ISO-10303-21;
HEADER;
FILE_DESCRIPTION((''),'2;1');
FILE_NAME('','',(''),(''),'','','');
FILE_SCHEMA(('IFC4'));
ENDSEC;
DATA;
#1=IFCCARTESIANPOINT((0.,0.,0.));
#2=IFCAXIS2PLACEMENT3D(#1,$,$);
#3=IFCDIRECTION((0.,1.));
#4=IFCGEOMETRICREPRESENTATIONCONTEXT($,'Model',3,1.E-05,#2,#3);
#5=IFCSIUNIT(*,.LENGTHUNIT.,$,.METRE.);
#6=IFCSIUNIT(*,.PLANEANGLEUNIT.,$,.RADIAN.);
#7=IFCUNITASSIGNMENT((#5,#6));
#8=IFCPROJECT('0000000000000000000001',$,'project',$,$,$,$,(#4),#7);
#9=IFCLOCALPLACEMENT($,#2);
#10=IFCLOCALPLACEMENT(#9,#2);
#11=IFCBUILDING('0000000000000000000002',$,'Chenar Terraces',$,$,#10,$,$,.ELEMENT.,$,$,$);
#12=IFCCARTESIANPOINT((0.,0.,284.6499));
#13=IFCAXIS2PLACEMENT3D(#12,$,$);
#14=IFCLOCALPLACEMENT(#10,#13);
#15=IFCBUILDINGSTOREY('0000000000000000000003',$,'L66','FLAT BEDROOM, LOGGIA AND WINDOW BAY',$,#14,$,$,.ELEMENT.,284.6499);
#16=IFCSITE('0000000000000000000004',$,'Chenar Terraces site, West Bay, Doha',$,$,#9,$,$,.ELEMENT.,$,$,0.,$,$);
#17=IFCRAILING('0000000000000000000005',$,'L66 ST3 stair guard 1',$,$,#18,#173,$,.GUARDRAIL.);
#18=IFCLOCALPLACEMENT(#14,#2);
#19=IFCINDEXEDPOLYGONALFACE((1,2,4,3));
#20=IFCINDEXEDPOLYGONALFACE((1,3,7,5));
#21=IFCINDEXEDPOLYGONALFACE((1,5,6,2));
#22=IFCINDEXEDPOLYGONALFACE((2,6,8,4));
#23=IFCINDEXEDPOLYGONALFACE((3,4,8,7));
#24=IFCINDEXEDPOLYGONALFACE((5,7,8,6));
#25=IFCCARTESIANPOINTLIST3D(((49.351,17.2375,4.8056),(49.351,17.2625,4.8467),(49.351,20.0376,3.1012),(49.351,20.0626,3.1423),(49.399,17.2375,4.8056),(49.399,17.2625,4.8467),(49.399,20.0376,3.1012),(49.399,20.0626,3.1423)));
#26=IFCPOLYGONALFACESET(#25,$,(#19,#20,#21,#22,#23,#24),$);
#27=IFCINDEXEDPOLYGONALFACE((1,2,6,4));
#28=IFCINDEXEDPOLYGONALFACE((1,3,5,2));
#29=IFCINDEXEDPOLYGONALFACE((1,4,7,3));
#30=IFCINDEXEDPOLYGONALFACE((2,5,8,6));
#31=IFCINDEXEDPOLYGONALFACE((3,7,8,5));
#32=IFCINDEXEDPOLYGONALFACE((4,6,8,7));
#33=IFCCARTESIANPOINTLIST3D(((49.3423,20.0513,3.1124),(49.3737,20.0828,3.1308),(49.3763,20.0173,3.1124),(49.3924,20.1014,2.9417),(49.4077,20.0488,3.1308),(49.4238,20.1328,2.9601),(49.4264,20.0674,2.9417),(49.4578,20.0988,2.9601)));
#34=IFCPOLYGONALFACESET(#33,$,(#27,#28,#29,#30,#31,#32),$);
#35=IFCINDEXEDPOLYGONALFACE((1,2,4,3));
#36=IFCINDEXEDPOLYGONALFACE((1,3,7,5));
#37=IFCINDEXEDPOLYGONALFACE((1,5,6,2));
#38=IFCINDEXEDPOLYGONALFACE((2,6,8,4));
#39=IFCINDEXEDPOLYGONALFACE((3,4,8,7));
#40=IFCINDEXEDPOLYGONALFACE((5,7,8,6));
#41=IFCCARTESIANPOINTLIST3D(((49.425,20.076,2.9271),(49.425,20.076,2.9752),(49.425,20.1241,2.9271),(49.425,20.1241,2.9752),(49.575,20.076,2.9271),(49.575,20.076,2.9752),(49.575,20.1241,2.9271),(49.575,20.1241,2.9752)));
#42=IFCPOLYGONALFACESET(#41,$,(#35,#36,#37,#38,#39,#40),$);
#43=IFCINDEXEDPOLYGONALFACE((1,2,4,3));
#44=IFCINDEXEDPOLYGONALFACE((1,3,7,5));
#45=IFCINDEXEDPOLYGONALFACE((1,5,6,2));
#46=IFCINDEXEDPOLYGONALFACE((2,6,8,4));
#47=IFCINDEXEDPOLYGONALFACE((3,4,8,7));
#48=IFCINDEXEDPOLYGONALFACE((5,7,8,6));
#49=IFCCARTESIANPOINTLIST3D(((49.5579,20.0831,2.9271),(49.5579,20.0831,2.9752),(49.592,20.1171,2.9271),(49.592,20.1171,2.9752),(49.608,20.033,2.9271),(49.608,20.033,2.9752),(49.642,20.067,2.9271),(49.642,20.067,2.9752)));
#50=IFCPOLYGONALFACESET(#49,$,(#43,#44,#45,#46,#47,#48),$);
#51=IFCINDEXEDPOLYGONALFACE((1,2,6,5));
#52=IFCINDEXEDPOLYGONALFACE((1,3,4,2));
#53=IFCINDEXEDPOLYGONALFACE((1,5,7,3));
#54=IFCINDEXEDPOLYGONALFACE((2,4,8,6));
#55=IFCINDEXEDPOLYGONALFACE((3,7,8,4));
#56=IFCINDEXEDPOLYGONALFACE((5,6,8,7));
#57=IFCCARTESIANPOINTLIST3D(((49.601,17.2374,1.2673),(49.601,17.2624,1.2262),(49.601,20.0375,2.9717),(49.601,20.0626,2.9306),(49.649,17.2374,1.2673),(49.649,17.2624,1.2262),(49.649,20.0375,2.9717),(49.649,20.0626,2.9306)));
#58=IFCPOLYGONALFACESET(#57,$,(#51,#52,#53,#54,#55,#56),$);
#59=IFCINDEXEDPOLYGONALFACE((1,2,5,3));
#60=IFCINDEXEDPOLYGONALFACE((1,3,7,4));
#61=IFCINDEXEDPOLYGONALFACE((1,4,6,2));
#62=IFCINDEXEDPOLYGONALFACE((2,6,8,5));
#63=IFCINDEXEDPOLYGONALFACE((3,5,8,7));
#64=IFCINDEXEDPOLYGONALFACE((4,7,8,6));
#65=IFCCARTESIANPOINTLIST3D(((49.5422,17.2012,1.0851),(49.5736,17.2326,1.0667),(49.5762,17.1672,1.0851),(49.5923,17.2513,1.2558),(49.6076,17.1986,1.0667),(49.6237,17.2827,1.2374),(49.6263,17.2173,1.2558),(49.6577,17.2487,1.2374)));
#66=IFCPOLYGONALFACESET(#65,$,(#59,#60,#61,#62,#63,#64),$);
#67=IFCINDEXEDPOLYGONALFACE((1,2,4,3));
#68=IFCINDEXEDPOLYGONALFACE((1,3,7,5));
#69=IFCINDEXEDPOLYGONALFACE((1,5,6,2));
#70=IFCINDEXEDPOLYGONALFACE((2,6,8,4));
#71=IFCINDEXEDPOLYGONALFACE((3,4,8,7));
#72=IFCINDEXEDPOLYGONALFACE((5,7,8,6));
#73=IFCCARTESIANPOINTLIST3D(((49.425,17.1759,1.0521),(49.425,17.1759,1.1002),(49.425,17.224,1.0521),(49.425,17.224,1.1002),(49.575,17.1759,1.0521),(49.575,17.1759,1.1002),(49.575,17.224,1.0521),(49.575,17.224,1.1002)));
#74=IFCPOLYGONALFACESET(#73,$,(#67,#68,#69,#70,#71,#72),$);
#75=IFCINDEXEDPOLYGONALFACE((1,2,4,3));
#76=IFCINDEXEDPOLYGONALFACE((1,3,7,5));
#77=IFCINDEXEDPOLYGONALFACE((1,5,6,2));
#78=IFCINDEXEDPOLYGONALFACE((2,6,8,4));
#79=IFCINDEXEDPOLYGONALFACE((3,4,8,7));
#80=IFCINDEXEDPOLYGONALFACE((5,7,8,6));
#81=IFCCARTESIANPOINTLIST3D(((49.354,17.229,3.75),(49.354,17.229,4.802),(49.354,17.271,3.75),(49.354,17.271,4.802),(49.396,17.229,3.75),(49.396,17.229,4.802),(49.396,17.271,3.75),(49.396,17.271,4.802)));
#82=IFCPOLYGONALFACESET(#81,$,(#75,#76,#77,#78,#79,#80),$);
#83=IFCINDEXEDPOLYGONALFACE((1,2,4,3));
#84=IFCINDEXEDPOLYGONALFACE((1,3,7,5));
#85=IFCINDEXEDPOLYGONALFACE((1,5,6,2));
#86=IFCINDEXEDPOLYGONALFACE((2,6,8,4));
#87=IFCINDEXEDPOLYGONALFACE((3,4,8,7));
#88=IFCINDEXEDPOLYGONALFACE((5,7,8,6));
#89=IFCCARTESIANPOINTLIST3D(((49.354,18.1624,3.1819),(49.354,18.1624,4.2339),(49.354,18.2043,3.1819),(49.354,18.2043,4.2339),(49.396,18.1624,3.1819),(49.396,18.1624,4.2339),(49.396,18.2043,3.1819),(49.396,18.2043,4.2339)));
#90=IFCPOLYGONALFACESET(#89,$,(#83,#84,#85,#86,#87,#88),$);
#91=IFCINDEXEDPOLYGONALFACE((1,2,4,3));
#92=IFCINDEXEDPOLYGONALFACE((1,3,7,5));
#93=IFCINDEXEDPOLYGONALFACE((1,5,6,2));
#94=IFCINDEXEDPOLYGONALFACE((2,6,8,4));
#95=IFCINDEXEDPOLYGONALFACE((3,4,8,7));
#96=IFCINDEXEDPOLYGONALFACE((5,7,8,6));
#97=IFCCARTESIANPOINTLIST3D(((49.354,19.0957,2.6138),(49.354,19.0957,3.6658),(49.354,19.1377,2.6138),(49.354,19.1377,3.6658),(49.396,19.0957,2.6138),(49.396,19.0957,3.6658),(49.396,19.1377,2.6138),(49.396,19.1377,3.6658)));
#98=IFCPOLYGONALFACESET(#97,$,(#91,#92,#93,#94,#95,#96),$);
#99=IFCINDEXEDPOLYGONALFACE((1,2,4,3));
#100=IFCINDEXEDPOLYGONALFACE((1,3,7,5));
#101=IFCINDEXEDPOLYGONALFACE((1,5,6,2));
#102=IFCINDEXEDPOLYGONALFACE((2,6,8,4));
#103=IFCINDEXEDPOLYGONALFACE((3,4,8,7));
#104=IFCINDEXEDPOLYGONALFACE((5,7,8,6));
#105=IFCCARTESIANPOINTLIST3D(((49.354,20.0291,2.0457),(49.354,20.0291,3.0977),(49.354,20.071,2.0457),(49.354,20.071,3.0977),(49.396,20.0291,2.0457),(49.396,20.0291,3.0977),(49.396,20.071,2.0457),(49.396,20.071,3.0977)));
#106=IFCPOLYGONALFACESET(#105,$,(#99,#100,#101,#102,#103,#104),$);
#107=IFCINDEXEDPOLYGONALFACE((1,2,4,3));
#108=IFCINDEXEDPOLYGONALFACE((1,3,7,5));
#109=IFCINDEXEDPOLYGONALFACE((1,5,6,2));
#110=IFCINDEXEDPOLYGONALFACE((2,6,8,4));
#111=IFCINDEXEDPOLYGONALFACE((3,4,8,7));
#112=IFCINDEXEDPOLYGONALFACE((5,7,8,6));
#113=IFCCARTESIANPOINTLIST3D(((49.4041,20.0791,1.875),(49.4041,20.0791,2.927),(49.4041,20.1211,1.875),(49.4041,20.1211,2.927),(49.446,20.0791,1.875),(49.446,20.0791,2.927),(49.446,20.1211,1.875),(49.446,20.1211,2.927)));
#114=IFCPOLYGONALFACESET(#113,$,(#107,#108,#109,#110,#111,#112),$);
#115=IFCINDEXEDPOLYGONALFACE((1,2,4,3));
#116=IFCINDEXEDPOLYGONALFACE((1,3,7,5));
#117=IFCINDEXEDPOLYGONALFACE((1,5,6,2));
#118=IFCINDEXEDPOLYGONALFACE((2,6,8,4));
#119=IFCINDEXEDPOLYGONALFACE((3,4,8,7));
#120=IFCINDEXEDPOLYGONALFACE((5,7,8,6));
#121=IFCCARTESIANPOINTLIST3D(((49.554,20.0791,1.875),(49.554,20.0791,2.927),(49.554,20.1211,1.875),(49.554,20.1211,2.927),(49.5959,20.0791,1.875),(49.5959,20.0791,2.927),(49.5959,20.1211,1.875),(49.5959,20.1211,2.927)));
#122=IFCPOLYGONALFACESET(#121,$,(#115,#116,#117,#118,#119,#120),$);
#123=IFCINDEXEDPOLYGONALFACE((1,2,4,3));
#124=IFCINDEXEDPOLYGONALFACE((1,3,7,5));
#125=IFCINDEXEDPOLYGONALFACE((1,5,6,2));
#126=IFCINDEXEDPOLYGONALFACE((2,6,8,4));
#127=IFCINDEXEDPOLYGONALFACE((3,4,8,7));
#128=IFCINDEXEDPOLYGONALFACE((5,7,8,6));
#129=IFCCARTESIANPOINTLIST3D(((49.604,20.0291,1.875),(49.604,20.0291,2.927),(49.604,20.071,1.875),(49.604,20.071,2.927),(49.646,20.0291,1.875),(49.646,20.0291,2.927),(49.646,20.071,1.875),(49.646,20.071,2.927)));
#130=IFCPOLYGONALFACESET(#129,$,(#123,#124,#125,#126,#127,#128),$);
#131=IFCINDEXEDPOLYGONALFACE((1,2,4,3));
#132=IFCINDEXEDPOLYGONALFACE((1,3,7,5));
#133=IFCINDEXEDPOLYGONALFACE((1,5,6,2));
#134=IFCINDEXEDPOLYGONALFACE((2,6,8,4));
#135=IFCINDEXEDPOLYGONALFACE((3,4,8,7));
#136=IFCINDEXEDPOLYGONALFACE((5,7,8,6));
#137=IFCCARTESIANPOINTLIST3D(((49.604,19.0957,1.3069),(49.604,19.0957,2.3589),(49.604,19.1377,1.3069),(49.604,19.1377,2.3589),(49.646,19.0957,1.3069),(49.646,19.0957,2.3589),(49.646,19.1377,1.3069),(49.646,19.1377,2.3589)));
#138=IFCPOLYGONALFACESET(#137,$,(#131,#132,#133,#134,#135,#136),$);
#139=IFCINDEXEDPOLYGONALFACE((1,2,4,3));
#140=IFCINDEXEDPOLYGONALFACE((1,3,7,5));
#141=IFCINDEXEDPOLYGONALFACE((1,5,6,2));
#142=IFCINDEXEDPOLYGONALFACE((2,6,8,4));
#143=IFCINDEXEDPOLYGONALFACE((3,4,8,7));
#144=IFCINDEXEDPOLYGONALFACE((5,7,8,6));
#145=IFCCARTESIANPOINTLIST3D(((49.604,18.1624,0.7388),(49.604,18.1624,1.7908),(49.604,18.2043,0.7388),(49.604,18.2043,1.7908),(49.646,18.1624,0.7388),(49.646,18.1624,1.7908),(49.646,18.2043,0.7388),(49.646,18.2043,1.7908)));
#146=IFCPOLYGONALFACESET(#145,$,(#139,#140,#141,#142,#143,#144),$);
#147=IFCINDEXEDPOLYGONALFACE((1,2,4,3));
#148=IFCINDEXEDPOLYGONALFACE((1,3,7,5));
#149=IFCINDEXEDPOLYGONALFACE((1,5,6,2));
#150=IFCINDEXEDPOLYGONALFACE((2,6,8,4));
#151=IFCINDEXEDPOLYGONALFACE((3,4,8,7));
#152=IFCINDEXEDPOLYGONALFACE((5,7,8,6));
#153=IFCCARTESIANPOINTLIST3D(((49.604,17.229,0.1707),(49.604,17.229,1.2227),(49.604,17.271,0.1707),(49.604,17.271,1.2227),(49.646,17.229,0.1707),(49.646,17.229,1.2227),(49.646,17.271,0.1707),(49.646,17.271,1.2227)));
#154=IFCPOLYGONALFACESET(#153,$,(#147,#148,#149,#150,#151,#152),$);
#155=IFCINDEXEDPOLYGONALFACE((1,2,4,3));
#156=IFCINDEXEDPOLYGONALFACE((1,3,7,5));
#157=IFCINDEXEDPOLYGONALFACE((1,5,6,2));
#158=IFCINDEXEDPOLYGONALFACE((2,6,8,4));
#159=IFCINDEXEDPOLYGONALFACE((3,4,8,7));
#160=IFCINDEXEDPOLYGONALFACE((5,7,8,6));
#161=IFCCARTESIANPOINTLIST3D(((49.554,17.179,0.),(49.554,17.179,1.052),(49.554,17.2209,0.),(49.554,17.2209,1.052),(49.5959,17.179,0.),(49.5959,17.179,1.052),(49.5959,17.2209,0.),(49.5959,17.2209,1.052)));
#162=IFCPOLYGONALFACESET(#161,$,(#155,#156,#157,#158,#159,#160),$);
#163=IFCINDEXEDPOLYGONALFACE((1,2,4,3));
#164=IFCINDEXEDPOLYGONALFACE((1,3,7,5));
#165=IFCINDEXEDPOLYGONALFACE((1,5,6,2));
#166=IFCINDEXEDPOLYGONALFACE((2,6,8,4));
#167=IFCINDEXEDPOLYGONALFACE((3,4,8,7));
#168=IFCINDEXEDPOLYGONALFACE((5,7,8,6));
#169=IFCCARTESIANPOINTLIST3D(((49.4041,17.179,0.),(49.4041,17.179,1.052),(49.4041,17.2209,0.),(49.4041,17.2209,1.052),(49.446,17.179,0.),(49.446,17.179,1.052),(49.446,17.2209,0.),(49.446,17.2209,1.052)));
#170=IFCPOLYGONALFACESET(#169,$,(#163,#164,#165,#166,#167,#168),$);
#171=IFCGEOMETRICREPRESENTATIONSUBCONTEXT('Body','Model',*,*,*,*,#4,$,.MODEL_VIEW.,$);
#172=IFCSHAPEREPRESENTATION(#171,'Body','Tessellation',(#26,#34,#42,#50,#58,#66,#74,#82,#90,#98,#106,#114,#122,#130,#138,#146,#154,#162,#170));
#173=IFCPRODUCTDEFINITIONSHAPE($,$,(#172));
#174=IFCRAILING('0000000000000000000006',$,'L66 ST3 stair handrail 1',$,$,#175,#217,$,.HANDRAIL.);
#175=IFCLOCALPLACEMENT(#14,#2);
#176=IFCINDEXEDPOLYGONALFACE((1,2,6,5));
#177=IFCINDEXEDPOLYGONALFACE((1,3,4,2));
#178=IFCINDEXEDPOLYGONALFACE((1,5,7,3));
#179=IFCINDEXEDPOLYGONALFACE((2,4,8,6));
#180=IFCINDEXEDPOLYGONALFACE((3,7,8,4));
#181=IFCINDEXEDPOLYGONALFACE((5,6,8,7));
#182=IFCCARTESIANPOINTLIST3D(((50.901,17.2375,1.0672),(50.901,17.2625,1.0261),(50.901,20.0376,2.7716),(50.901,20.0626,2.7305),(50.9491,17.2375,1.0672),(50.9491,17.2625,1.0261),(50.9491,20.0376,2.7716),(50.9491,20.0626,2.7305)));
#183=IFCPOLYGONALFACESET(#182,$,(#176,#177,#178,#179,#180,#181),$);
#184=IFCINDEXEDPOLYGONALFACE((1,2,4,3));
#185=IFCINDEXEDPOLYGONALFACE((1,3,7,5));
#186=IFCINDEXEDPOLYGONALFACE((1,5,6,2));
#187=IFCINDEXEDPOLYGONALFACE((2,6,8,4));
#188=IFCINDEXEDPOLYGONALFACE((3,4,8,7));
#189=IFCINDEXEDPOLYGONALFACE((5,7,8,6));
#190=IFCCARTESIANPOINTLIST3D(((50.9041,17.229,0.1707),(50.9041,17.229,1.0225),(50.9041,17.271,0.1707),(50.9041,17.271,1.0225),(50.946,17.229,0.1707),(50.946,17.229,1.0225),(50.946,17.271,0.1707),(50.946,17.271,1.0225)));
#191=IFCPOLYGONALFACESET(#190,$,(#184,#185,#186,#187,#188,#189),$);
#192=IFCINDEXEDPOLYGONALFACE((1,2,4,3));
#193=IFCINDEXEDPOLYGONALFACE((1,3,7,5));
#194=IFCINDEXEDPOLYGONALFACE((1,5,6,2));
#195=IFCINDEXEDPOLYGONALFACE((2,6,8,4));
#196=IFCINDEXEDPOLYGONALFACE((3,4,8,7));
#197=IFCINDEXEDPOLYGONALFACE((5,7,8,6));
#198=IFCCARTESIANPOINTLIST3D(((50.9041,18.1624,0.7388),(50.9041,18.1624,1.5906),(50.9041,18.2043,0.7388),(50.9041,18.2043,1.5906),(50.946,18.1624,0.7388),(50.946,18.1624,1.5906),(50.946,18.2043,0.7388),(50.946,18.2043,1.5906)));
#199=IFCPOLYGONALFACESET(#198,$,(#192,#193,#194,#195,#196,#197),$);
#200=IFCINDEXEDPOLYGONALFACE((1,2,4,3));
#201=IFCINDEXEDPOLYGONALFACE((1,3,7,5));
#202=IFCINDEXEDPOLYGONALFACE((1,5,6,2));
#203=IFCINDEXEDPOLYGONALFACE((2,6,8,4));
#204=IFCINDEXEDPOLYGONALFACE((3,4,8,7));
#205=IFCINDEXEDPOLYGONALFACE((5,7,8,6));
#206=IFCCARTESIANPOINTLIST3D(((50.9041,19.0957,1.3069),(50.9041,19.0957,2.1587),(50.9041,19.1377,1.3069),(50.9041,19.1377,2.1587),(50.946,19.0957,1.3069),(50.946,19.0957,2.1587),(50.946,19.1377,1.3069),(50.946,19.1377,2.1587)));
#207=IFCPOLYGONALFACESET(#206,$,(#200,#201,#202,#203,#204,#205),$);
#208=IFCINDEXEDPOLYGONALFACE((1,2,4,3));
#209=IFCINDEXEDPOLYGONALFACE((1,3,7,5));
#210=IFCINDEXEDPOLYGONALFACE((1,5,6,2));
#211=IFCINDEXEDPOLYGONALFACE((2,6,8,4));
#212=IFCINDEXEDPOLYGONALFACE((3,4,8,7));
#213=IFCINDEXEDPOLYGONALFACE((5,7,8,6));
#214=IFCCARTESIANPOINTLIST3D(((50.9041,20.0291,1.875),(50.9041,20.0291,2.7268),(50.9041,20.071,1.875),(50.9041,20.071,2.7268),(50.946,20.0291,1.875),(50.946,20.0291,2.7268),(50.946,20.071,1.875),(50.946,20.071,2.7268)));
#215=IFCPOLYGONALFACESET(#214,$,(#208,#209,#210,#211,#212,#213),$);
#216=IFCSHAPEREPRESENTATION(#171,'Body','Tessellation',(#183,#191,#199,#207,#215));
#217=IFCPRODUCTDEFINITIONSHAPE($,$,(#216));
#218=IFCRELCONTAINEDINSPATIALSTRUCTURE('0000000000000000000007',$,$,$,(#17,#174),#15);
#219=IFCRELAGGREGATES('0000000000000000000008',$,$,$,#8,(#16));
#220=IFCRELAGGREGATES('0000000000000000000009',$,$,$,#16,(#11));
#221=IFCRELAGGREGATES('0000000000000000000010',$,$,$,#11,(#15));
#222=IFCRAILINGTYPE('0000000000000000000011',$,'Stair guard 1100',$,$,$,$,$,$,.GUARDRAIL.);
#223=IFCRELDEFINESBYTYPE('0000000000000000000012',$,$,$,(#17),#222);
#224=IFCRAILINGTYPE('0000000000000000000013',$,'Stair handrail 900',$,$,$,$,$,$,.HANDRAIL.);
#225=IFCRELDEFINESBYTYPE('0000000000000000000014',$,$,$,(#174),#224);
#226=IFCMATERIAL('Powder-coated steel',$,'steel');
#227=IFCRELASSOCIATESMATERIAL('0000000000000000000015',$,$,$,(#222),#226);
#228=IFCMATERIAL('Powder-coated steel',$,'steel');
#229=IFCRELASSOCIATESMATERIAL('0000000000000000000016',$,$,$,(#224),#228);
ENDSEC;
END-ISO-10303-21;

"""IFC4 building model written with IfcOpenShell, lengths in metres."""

from ifc_helpers import new_model, si_unit, direction, frame, origin, origin_2d, place, context, subcontext, project, spatial, rectangle, extrude, material, type_object, element, save


model = new_model("IFC4")

# Units and contexts
model_context = context("Model", 3, precision=1e-05, world=origin(), true_north=direction((0.0, 1.0)))
body_context = subcontext(model_context, "Body", "Model", "MODEL_VIEW")
ifc_project = project(units=[si_unit("LENGTHUNIT", "METRE"), si_unit("PLANEANGLEUNIT", "RADIAN")], contexts=[model_context])

# Site, building, storey
site_placement = place(None, origin())
site = spatial("IfcSite", under=ifc_project, at=site_placement, Name="Chenar Terraces site, West Bay, Doha", CompositionType="ELEMENT", RefElevation=0.0)
building_placement = place(site_placement, origin())
building = spatial("IfcBuilding", under=site, at=building_placement, Name="Chenar Terraces", CompositionType="ELEMENT")
storey_placement = place(building_placement, frame((0.0, 0.0, 284.6499)))
storey = spatial("IfcBuildingStorey", under=building, at=storey_placement, Name="L66", Description="FLAT BEDROOM, LOGGIA AND WINDOW BAY", CompositionType="ELEMENT", Elevation=284.6499)

# Railings
ifc_material_1 = material(Name="Powder-coated steel", Category="steel")
railing_type_1 = type_object("IfcRailingType", Name="Stair guard 1100", PredefinedType="GUARDRAIL", material=ifc_material_1)
railing_1_placement = place(storey_placement, frame((49.375, 17.25, 3.75)))
element("IfcRailing", 1, at=railing_1_placement, inside=storey, type_object=railing_type_1, Name="L66 ST3 stair guard 1", PredefinedType="GUARDRAIL", context=body_context, shape_type="SweptSolid", body=[
    extrude(rectangle(XDim=0.0481, YDim=0.0481, at=origin_2d()), frame((0.0, 0.0, 1.0762), z_axis=(0.0, 0.854203, -0.51994), x_axis=(-1.0, 0.0, 0.0)), (0.0, 0.0, 1.0), 3.2781),
    extrude(rectangle(XDim=0.0481, YDim=0.0481, at=origin_2d()), frame((0.0, 2.8, -0.6284), z_axis=(0.2709, 0.2709, -0.923703), x_axis=(-0.707107, 0.707107, 0.0)), (0.0, 0.0, 1.0), 0.1848),
    extrude(rectangle(XDim=0.0481, YDim=0.0481, at=origin_2d()), frame((0.05, 2.8501, -0.7988), z_axis=(1.0, 0.0, 0.0), x_axis=(0.0, 1.0, 0.0)), (0.0, 0.0, 1.0), 0.1499),
    extrude(rectangle(XDim=0.0481, YDim=0.0481, at=origin_2d()), frame((0.2, 2.8501, -0.7988), z_axis=(0.707107, -0.707107, 0.0), x_axis=(0.707107, 0.707107, 0.0)), (0.0, 0.0, 1.0), 0.0708),
    extrude(rectangle(XDim=0.0481, YDim=0.0481, at=origin_2d()), frame((0.25, 2.8, -0.7988), z_axis=(0.0, -0.854203, -0.51994), x_axis=(1.0, 0.0, 0.0)), (0.0, 0.0, 1.0), 3.2781),
    extrude(rectangle(XDim=0.0481, YDim=0.0481, at=origin_2d()), frame((0.25, 0.0, -2.5034), z_axis=(-0.2709, -0.2709, -0.923703), x_axis=(0.707107, -0.707107, 0.0)), (0.0, 0.0, 1.0), 0.1848),
    extrude(rectangle(XDim=0.0481, YDim=0.0481, at=origin_2d()), frame((0.2, -0.05, -2.6738), z_axis=(-1.0, 0.0, 0.0), x_axis=(0.0, -1.0, 0.0)), (0.0, 0.0, 1.0), 0.1499),
    extrude(rectangle(XDim=0.042, YDim=0.042, at=origin_2d()), origin(), (0.0, 0.0, 1.0), 1.052),
    extrude(rectangle(XDim=0.042, YDim=0.042, at=origin_2d()), frame((0.0, 0.9333, -0.5681)), (0.0, 0.0, 1.0), 1.052),
    extrude(rectangle(XDim=0.042, YDim=0.042, at=origin_2d()), frame((0.0, 1.8667, -1.1362)), (0.0, 0.0, 1.0), 1.052),
    extrude(rectangle(XDim=0.042, YDim=0.042, at=origin_2d()), frame((0.0, 2.8, -1.7043)), (0.0, 0.0, 1.0), 1.052),
    extrude(rectangle(XDim=0.042, YDim=0.042, at=origin_2d()), frame((0.05, 2.8501, -1.875)), (0.0, 0.0, 1.0), 1.052),
    extrude(rectangle(XDim=0.042, YDim=0.042, at=origin_2d()), frame((0.2, 2.8501, -1.875)), (0.0, 0.0, 1.0), 1.052),
    extrude(rectangle(XDim=0.042, YDim=0.042, at=origin_2d()), frame((0.25, 2.8, -1.875)), (0.0, 0.0, 1.0), 1.052),
    extrude(rectangle(XDim=0.042, YDim=0.042, at=origin_2d()), frame((0.25, 1.8667, -2.4431)), (0.0, 0.0, 1.0), 1.052),
    extrude(rectangle(XDim=0.042, YDim=0.042, at=origin_2d()), frame((0.25, 0.9333, -3.0112)), (0.0, 0.0, 1.0), 1.052),
    extrude(rectangle(XDim=0.042, YDim=0.042, at=origin_2d()), frame((0.25, 0.0, -3.5793)), (0.0, 0.0, 1.0), 1.052),
    extrude(rectangle(XDim=0.042, YDim=0.042, at=origin_2d()), frame((0.2, -0.05, -3.75)), (0.0, 0.0, 1.0), 1.052),
    extrude(rectangle(XDim=0.042, YDim=0.042, at=origin_2d()), frame((0.05, -0.05, -3.75)), (0.0, 0.0, 1.0), 1.052),
])
ifc_material_2 = material(Name="Powder-coated steel", Category="steel")
railing_type_2 = type_object("IfcRailingType", Name="Stair handrail 900", PredefinedType="HANDRAIL", material=ifc_material_2)
railing_2_placement = place(storey_placement, frame((50.925, 17.25, 0.1707)))
element("IfcRailing", 2, at=railing_2_placement, inside=storey, type_object=railing_type_2, Name="L66 ST3 stair handrail 1", PredefinedType="HANDRAIL", context=body_context, shape_type="SweptSolid", body=[
    extrude(rectangle(XDim=0.0481, YDim=0.0481, at=origin_2d()), frame((0.0, 0.0, 0.876), z_axis=(0.0, 0.854203, 0.51994), x_axis=(-1.0, 0.0, 0.0)), (0.0, 0.0, 1.0), 3.2781),
    extrude(rectangle(XDim=0.042, YDim=0.042, at=origin_2d()), origin(), (0.0, 0.0, 1.0), 0.8518),
    extrude(rectangle(XDim=0.042, YDim=0.042, at=origin_2d()), frame((0.0, 0.9333, 0.5681)), (0.0, 0.0, 1.0), 0.8518),
    extrude(rectangle(XDim=0.042, YDim=0.042, at=origin_2d()), frame((0.0, 1.8667, 1.1362)), (0.0, 0.0, 1.0), 0.8518),
    extrude(rectangle(XDim=0.042, YDim=0.042, at=origin_2d()), frame((0.0, 2.8, 1.7043)), (0.0, 0.0, 1.0), 0.8518),
])

save(model, "model.ifc")
